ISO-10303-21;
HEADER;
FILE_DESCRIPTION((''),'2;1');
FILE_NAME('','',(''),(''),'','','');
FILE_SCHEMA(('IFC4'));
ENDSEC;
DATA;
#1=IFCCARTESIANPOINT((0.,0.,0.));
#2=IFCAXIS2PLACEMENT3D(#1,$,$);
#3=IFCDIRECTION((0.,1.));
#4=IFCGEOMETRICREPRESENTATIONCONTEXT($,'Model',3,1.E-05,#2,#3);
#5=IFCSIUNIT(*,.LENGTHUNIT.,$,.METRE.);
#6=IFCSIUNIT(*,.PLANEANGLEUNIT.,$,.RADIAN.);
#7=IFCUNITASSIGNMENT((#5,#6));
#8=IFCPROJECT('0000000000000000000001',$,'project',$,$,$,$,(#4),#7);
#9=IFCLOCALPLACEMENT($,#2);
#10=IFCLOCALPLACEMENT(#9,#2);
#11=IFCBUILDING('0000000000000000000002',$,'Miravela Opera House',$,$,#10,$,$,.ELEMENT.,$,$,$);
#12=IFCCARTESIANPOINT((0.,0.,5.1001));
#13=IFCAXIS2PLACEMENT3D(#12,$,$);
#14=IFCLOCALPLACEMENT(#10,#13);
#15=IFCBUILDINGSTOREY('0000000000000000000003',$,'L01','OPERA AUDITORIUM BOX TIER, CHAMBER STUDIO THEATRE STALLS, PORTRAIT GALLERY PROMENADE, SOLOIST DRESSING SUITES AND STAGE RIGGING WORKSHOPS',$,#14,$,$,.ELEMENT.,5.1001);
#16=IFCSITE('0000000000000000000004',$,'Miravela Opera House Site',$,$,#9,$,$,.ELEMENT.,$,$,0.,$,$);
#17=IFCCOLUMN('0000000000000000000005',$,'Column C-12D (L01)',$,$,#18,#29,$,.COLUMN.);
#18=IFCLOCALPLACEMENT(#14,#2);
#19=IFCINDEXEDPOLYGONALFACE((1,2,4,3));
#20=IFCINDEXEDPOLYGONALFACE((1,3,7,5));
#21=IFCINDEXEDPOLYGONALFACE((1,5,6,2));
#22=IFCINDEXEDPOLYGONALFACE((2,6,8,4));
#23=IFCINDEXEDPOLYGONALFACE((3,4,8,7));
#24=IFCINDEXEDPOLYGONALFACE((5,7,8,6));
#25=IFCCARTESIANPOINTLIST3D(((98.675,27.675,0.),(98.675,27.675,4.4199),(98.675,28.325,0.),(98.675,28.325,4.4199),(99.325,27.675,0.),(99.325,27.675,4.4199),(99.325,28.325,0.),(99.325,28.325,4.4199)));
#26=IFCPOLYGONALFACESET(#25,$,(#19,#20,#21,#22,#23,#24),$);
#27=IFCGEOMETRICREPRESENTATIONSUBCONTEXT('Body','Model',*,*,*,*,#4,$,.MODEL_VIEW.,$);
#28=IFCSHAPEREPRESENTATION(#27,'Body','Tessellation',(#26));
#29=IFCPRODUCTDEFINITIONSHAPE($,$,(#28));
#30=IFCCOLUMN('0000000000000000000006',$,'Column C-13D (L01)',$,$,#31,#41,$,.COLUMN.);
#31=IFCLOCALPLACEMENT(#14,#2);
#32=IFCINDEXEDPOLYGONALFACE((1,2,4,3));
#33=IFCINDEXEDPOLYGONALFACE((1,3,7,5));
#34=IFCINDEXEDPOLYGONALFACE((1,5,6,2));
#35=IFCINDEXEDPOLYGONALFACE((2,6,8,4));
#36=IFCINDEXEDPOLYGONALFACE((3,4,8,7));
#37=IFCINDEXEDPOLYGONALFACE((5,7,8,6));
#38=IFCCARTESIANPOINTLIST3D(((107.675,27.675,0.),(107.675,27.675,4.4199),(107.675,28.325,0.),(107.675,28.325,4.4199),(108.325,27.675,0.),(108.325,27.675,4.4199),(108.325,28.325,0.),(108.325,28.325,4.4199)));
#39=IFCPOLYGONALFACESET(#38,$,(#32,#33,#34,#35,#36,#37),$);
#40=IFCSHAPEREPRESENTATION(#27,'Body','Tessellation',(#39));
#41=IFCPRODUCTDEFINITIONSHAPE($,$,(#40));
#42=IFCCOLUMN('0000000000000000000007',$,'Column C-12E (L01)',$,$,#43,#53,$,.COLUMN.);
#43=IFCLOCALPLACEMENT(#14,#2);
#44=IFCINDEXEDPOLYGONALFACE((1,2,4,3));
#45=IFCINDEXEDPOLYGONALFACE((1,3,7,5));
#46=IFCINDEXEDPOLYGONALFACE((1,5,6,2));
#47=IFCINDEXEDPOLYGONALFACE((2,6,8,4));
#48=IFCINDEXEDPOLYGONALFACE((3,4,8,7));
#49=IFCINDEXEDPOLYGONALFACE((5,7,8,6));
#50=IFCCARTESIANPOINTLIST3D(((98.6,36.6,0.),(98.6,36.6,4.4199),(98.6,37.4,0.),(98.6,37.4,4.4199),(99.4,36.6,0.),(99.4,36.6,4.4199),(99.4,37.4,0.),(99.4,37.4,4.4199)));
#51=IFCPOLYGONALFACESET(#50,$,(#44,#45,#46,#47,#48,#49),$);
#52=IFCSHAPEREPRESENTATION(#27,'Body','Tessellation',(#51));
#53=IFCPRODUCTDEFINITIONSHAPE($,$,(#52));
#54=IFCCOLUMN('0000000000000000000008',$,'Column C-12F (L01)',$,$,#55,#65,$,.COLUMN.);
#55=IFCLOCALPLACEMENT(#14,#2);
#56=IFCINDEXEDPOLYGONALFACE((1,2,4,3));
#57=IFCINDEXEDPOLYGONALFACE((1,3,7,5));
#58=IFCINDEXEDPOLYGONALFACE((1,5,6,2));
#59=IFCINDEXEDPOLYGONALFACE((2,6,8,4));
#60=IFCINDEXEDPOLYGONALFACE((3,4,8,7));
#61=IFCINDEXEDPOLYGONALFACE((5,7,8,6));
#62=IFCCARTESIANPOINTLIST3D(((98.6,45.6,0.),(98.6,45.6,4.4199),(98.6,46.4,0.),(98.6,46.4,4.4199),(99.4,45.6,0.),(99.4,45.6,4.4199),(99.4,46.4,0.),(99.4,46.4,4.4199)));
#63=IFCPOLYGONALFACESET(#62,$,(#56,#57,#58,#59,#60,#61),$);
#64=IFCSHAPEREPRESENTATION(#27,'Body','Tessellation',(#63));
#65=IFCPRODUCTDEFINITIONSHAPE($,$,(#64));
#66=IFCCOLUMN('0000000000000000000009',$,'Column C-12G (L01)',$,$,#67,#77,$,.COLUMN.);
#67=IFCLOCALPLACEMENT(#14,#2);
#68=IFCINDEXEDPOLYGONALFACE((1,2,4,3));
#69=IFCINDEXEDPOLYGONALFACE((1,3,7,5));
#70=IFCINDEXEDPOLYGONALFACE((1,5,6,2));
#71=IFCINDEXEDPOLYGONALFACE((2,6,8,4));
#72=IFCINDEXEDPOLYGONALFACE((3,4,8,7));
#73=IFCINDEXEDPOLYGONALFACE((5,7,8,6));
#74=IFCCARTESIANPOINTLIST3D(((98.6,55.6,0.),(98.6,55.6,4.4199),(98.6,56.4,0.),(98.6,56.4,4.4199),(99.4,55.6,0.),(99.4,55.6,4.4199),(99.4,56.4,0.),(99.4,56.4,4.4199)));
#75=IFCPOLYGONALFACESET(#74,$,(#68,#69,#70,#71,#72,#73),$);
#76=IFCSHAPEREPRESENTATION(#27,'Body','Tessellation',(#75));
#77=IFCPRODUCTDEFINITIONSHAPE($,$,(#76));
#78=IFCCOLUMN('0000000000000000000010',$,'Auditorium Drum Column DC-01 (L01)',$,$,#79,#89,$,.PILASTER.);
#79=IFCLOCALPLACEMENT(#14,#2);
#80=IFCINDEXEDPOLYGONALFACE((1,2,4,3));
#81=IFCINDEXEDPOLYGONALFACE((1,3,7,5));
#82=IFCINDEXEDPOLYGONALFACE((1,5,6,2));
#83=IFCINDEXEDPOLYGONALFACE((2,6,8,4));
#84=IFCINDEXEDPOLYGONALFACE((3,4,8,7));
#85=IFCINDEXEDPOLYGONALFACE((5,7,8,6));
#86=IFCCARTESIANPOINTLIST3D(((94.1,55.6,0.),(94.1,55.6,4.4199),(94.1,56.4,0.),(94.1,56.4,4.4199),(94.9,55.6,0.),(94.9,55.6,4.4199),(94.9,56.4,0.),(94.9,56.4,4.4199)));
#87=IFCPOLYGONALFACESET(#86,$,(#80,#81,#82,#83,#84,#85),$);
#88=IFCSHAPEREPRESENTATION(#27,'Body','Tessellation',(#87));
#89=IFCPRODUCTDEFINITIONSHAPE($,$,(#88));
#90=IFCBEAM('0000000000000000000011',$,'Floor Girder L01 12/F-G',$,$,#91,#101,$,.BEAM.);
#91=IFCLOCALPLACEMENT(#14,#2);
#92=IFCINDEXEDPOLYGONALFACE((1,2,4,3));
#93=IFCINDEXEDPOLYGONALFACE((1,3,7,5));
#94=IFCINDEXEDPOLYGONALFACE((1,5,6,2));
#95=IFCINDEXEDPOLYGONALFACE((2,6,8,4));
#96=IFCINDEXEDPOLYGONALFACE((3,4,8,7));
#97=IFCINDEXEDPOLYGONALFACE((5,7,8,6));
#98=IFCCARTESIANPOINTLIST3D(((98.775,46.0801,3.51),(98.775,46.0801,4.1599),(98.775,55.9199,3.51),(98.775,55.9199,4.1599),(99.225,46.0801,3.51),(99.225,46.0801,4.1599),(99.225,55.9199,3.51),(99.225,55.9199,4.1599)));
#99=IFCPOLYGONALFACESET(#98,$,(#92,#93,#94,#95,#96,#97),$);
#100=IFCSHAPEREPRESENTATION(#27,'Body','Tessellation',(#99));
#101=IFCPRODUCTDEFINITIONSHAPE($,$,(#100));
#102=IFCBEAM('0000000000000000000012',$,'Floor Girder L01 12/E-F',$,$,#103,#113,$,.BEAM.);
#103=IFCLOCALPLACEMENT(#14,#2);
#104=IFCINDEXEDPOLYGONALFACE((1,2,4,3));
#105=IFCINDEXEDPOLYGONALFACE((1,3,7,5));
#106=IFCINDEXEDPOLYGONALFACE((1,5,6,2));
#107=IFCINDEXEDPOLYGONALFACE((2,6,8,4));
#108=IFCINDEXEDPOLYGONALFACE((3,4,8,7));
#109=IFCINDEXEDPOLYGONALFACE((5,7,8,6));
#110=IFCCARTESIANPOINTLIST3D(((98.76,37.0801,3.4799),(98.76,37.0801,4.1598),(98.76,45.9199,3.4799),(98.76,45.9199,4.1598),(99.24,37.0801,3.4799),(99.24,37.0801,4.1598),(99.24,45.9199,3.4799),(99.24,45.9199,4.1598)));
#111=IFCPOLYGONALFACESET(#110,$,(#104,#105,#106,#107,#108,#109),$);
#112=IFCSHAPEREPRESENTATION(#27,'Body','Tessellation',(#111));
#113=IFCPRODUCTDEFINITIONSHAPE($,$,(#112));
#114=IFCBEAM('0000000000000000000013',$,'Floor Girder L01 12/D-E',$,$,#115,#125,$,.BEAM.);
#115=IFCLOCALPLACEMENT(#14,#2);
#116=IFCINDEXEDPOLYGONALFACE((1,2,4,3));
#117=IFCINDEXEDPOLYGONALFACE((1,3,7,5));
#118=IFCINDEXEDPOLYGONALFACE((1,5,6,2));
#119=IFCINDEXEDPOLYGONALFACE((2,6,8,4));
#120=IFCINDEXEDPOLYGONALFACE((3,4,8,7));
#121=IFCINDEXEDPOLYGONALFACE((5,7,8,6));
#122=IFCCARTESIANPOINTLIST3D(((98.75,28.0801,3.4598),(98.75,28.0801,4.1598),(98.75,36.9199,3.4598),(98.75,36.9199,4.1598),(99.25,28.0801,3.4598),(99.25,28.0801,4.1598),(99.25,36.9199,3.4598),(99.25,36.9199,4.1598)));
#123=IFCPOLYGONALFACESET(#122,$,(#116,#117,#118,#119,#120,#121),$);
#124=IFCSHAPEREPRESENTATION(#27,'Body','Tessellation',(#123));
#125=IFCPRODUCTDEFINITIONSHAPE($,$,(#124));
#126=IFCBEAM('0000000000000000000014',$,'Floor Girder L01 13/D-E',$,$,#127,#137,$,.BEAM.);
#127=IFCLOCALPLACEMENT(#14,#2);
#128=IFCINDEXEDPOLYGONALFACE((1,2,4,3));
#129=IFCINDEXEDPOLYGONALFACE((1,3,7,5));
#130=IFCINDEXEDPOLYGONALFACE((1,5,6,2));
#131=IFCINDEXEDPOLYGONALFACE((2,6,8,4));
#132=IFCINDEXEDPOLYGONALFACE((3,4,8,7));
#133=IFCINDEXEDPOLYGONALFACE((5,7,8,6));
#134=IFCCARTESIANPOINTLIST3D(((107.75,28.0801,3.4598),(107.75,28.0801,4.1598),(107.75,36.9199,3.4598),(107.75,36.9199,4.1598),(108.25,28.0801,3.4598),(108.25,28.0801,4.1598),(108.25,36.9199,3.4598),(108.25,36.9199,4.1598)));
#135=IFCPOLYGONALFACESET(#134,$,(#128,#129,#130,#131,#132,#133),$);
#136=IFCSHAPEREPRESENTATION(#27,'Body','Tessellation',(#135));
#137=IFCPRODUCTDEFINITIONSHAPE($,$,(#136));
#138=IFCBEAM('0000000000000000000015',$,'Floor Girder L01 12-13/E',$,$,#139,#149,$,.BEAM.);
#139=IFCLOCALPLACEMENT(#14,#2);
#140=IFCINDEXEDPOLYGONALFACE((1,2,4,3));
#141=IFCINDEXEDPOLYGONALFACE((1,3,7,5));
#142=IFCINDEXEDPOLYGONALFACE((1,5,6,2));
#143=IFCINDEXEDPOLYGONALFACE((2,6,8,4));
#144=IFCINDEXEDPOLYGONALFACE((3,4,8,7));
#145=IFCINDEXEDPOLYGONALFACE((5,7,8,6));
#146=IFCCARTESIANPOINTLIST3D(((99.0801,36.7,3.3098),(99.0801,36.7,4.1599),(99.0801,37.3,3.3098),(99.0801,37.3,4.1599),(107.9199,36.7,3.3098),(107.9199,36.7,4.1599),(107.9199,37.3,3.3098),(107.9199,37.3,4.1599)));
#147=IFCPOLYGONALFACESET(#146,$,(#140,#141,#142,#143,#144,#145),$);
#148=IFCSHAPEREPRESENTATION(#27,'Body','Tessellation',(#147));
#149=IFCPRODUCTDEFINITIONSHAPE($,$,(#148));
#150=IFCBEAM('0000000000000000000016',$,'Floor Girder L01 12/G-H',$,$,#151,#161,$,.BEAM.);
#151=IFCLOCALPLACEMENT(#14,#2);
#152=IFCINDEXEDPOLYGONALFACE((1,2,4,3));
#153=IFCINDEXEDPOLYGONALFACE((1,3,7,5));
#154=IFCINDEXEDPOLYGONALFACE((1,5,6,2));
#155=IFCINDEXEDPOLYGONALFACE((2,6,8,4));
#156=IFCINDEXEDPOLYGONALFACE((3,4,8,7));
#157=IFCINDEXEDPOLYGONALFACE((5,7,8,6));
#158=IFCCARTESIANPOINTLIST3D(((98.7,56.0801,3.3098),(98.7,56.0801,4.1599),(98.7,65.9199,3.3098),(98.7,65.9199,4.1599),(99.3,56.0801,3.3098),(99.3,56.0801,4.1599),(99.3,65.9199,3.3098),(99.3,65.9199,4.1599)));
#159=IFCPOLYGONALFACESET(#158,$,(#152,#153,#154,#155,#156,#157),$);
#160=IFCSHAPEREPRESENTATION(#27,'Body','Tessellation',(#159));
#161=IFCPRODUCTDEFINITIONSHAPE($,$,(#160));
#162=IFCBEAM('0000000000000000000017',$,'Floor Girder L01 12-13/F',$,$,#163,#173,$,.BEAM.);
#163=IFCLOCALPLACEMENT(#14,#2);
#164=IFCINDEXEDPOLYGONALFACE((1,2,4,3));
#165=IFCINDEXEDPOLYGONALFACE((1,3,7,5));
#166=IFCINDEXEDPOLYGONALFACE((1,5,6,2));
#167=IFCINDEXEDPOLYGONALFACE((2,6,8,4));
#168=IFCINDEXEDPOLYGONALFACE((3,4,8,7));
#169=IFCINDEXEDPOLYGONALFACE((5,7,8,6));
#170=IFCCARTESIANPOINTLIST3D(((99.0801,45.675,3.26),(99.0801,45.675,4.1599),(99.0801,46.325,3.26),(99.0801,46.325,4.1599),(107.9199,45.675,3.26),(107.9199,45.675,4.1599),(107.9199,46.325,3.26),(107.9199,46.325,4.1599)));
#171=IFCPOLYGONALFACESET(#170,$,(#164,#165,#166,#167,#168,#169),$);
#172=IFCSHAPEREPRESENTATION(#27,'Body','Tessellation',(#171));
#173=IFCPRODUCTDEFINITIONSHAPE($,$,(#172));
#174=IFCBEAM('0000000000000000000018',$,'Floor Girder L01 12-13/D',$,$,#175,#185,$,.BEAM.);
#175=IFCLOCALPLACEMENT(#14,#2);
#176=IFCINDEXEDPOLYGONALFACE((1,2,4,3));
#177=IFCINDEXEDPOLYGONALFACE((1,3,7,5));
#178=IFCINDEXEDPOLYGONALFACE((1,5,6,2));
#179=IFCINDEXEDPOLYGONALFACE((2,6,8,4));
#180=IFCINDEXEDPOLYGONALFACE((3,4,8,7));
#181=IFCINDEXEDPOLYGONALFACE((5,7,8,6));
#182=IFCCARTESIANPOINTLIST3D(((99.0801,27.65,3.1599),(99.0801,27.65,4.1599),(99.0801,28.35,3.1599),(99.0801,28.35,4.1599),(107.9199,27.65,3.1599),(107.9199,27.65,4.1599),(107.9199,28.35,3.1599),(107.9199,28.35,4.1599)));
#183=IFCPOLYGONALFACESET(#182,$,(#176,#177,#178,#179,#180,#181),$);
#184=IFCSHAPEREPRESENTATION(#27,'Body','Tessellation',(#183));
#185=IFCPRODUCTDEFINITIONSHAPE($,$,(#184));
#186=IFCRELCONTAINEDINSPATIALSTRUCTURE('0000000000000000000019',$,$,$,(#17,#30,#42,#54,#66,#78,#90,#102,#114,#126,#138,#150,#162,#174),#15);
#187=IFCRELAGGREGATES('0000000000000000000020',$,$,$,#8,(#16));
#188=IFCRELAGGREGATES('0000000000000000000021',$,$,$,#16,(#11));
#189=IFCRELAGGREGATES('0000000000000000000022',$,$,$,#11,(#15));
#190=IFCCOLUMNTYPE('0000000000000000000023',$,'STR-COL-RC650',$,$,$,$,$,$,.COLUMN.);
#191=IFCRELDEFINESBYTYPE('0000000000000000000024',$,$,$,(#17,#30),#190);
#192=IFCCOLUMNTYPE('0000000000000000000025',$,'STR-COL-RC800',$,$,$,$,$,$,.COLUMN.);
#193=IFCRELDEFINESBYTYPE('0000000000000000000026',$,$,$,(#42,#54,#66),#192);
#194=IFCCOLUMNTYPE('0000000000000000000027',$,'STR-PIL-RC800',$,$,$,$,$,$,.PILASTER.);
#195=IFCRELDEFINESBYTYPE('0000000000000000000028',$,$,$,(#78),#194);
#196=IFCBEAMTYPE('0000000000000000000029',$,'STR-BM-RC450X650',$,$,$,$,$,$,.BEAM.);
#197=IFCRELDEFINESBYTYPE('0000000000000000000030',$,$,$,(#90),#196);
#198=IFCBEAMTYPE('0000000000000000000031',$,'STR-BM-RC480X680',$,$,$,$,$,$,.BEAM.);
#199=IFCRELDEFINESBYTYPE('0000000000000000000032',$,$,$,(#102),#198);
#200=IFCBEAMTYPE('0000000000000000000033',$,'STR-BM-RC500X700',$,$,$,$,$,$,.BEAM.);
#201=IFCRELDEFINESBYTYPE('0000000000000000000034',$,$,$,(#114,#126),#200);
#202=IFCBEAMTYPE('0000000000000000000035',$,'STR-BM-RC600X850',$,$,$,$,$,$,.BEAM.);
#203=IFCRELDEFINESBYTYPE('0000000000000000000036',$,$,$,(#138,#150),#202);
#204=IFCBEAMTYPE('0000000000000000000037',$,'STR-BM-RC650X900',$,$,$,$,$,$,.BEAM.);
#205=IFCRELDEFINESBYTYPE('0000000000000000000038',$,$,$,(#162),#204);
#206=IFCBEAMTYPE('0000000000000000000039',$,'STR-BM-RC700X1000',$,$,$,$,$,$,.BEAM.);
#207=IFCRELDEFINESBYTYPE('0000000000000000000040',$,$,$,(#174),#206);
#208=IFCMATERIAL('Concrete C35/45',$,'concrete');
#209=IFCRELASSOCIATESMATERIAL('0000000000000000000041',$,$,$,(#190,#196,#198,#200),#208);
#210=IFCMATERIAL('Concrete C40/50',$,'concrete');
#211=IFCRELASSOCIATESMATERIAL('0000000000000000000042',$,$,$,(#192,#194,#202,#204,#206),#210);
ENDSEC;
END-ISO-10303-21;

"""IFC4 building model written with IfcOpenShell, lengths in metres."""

from ifc_helpers import new_model, si_unit, direction, frame, origin, origin_2d, place, context, subcontext, project, spatial, rectangle, extrude, material, material_profile, profile_set, type_object, element, save


model = new_model("IFC4")

# Units and contexts
model_context = context("Model", 3, precision=1e-05, world=origin(), true_north=direction((0.0, 1.0)))
body_context = subcontext(model_context, "Body", "Model", "MODEL_VIEW")
ifc_project = project(units=[si_unit("LENGTHUNIT", "METRE"), si_unit("PLANEANGLEUNIT", "RADIAN")], contexts=[model_context])

# Site, building, storey
site_placement = place(None, origin())
site = spatial("IfcSite", under=ifc_project, at=site_placement, Name="Miravela Opera House Site", CompositionType="ELEMENT", RefElevation=0.0)
building_placement = place(site_placement, origin())
building = spatial("IfcBuilding", under=site, at=building_placement, Name="Miravela Opera House", CompositionType="ELEMENT")
storey_placement = place(building_placement, frame((0.0, 0.0, 5.1001)))
storey = spatial("IfcBuildingStorey", under=building, at=storey_placement, Name="L01", Description="OPERA AUDITORIUM BOX TIER, CHAMBER STUDIO THEATRE STALLS, PORTRAIT GALLERY PROMENADE, SOLOIST DRESSING SUITES AND STAGE RIGGING WORKSHOPS", CompositionType="ELEMENT", Elevation=5.1001)

# Columns
ifc_material_1 = material(Name="Concrete C35/45", Category="concrete")
ifc_material_profile_1 = material_profile(ifc_material_1, rectangle(XDim=0.6499, YDim=0.6499, at=origin_2d()), Name="RC-COL-650X650")
ifc_profile_set_1 = profile_set([ifc_material_profile_1])
column_type_1 = type_object("IfcColumnType", Name="STR-COL-RC650", PredefinedType="COLUMN", material=ifc_profile_set_1)
for number, where, z_axis, x_axis, name in (
    (1, (99.0, 28.0, 0.0), (0.0, 0.0, 1.0), (1.0, 0.0, 0.0), "Column C-12D (L01)"),
    (2, (108.0, 28.0, 0.0), (0.0, 0.0, 1.0), (1.0, 0.0, 0.0), "Column C-13D (L01)"),
):
    element("IfcColumn", number, at=place(storey_placement, frame(where, z_axis=z_axis, x_axis=x_axis)), inside=storey, type_object=column_type_1, Name=name, PredefinedType="COLUMN", context=body_context, shape_type="SweptSolid", body=[
        extrude(rectangle(XDim=0.6499, YDim=0.6499, at=origin_2d()), origin(), (0.0, 0.0, 1.0), 4.4199),
    ])
ifc_material_2 = material(Name="Concrete C40/50", Category="concrete")
ifc_material_profile_2 = material_profile(ifc_material_2, rectangle(XDim=0.8, YDim=0.8, at=origin_2d()), Name="RC-COL-800X800")
ifc_profile_set_2 = profile_set([ifc_material_profile_2])
column_type_2 = type_object("IfcColumnType", Name="STR-COL-RC800", PredefinedType="COLUMN", material=ifc_profile_set_2)
for number, where, z_axis, x_axis, name in (
    (3, (99.0, 37.0, 0.0), (0.0, 0.0, 1.0), (1.0, 0.0, 0.0), "Column C-12E (L01)"),
    (4, (99.0, 46.0, 0.0), (0.0, 0.0, 1.0), (1.0, 0.0, 0.0), "Column C-12F (L01)"),
    (5, (99.0, 56.0, 0.0), (0.0, 0.0, 1.0), (1.0, 0.0, 0.0), "Column C-12G (L01)"),
):
    element("IfcColumn", number, at=place(storey_placement, frame(where, z_axis=z_axis, x_axis=x_axis)), inside=storey, type_object=column_type_2, Name=name, PredefinedType="COLUMN", context=body_context, shape_type="SweptSolid", body=[
        extrude(rectangle(XDim=0.8, YDim=0.8, at=origin_2d()), origin(), (0.0, 0.0, 1.0), 4.4199),
    ])
ifc_material_profile_3 = material_profile(ifc_material_2, rectangle(XDim=0.8, YDim=0.8, at=origin_2d()), Name="RC-COL-800X800")
ifc_profile_set_3 = profile_set([ifc_material_profile_3])
column_type_3 = type_object("IfcColumnType", Name="STR-PIL-RC800", PredefinedType="PILASTER", material=ifc_profile_set_3)
column_placement = place(storey_placement, frame((94.5, 56.0, 0.0), z_axis=(0.0, 0.0, 1.0), x_axis=(1.0, 0.0, 0.0)))
element("IfcColumn", 6, at=column_placement, inside=storey, type_object=column_type_3, Name="Auditorium Drum Column DC-01 (L01)", PredefinedType="PILASTER", context=body_context, shape_type="SweptSolid", body=[
    extrude(rectangle(XDim=0.8, YDim=0.8, at=origin_2d()), origin(), (0.0, 0.0, 1.0), 4.4199),
])

# Beams
ifc_material_profile_4 = material_profile(ifc_material_1, rectangle(XDim=0.45, YDim=0.6499, at=origin_2d()), Name="RC-BM-450X650")
ifc_profile_set_4 = profile_set([ifc_material_profile_4])
beam_type_1 = type_object("IfcBeamType", Name="STR-BM-RC450X650", PredefinedType="BEAM", material=ifc_profile_set_4)
beam_1_placement = place(storey_placement, frame((99.0, 46.0801, 3.835), z_axis=(0.0, 1.0, 0.0), x_axis=(-1.0, 0.0, 0.0)))
element("IfcBeam", 7, at=beam_1_placement, inside=storey, type_object=beam_type_1, Name="Floor Girder L01 12/F-G", PredefinedType="BEAM", context=body_context, shape_type="SweptSolid", body=[
    extrude(rectangle(XDim=0.45, YDim=0.6499, at=origin_2d()), origin(), (0.0, 0.0, 1.0), 9.8398),
])
ifc_material_profile_5 = material_profile(ifc_material_1, rectangle(XDim=0.48, YDim=0.6799, at=origin_2d()), Name="RC-BM-480X680")
ifc_profile_set_5 = profile_set([ifc_material_profile_5])
beam_type_2 = type_object("IfcBeamType", Name="STR-BM-RC480X680", PredefinedType="BEAM", material=ifc_profile_set_5)
beam_2_placement = place(storey_placement, frame((99.0, 37.0801, 3.8198), z_axis=(0.0, 1.0, 0.0), x_axis=(-1.0, 0.0, 0.0)))
element("IfcBeam", 8, at=beam_2_placement, inside=storey, type_object=beam_type_2, Name="Floor Girder L01 12/E-F", PredefinedType="BEAM", context=body_context, shape_type="SweptSolid", body=[
    extrude(rectangle(XDim=0.48, YDim=0.6799, at=origin_2d()), origin(), (0.0, 0.0, 1.0), 8.8398),
])
ifc_material_profile_6 = material_profile(ifc_material_1, rectangle(XDim=0.5, YDim=0.7, at=origin_2d()), Name="RC-BM-500X700")
ifc_profile_set_6 = profile_set([ifc_material_profile_6])
beam_type_3 = type_object("IfcBeamType", Name="STR-BM-RC500X700", PredefinedType="BEAM", material=ifc_profile_set_6)
for number, where, z_axis, x_axis, name in (
    (9, (99.0, 28.0801, 3.8098), (0.0, 1.0, 0.0), (-1.0, 0.0, 0.0), "Floor Girder L01 12/D-E"),
    (10, (108.0, 28.0801, 3.8098), (0.0, 1.0, 0.0), (-1.0, 0.0, 0.0), "Floor Girder L01 13/D-E"),
):
    element("IfcBeam", number, at=place(storey_placement, frame(where, z_axis=z_axis, x_axis=x_axis)), inside=storey, type_object=beam_type_3, Name=name, PredefinedType="BEAM", context=body_context, shape_type="SweptSolid", body=[
        extrude(rectangle(XDim=0.5, YDim=0.7, at=origin_2d()), origin(), (0.0, 0.0, 1.0), 8.8398),
    ])
ifc_material_profile_7 = material_profile(ifc_material_2, rectangle(XDim=0.6001, YDim=0.8501, at=origin_2d()), Name="RC-BM-600X850")
ifc_profile_set_7 = profile_set([ifc_material_profile_7])
beam_type_4 = type_object("IfcBeamType", Name="STR-BM-RC600X850", PredefinedType="BEAM", material=ifc_profile_set_7)
beam_3_placement = place(storey_placement, frame((99.0801, 37.0, 3.7349), z_axis=(1.0, 0.0, 0.0), x_axis=(0.0, 1.0, 0.0)))
element("IfcBeam", 11, at=beam_3_placement, inside=storey, type_object=beam_type_4, Name="Floor Girder L01 12-13/E", PredefinedType="BEAM", context=body_context, shape_type="SweptSolid", body=[
    extrude(rectangle(XDim=0.6001, YDim=0.8501, at=origin_2d()), origin(), (0.0, 0.0, 1.0), 8.8398),
])
beam_4_placement = place(storey_placement, frame((99.0, 56.0801, 3.7349), z_axis=(0.0, 1.0, 0.0), x_axis=(-1.0, 0.0, 0.0)))
element("IfcBeam", 12, at=beam_4_placement, inside=storey, type_object=beam_type_4, Name="Floor Girder L01 12/G-H", PredefinedType="BEAM", context=body_context, shape_type="SweptSolid", body=[
    extrude(rectangle(XDim=0.6001, YDim=0.8501, at=origin_2d()), origin(), (0.0, 0.0, 1.0), 9.8398),
])
ifc_material_profile_8 = material_profile(ifc_material_2, rectangle(XDim=0.6499, YDim=0.8999, at=origin_2d()), Name="RC-BM-650X900")
ifc_profile_set_8 = profile_set([ifc_material_profile_8])
beam_type_5 = type_object("IfcBeamType", Name="STR-BM-RC650X900", PredefinedType="BEAM", material=ifc_profile_set_8)
beam_5_placement = place(storey_placement, frame((99.0801, 46.0, 3.71), z_axis=(1.0, 0.0, 0.0), x_axis=(0.0, 1.0, 0.0)))
element("IfcBeam", 13, at=beam_5_placement, inside=storey, type_object=beam_type_5, Name="Floor Girder L01 12-13/F", PredefinedType="BEAM", context=body_context, shape_type="SweptSolid", body=[
    extrude(rectangle(XDim=0.6499, YDim=0.8999, at=origin_2d()), origin(), (0.0, 0.0, 1.0), 8.8398),
])
ifc_material_profile_9 = material_profile(ifc_material_2, rectangle(XDim=0.7, YDim=1.0, at=origin_2d()), Name="RC-BM-700X1000")
ifc_profile_set_9 = profile_set([ifc_material_profile_9])
beam_type_6 = type_object("IfcBeamType", Name="STR-BM-RC700X1000", PredefinedType="BEAM", material=ifc_profile_set_9)
beam_6_placement = place(storey_placement, frame((99.0801, 28.0, 3.6599), z_axis=(1.0, 0.0, 0.0), x_axis=(0.0, 1.0, 0.0)))
element("IfcBeam", 14, at=beam_6_placement, inside=storey, type_object=beam_type_6, Name="Floor Girder L01 12-13/D", PredefinedType="BEAM", context=body_context, shape_type="SweptSolid", body=[
    extrude(rectangle(XDim=0.7, YDim=1.0, at=origin_2d()), origin(), (0.0, 0.0, 1.0), 8.8398),
])

save(model, "model.ifc")
